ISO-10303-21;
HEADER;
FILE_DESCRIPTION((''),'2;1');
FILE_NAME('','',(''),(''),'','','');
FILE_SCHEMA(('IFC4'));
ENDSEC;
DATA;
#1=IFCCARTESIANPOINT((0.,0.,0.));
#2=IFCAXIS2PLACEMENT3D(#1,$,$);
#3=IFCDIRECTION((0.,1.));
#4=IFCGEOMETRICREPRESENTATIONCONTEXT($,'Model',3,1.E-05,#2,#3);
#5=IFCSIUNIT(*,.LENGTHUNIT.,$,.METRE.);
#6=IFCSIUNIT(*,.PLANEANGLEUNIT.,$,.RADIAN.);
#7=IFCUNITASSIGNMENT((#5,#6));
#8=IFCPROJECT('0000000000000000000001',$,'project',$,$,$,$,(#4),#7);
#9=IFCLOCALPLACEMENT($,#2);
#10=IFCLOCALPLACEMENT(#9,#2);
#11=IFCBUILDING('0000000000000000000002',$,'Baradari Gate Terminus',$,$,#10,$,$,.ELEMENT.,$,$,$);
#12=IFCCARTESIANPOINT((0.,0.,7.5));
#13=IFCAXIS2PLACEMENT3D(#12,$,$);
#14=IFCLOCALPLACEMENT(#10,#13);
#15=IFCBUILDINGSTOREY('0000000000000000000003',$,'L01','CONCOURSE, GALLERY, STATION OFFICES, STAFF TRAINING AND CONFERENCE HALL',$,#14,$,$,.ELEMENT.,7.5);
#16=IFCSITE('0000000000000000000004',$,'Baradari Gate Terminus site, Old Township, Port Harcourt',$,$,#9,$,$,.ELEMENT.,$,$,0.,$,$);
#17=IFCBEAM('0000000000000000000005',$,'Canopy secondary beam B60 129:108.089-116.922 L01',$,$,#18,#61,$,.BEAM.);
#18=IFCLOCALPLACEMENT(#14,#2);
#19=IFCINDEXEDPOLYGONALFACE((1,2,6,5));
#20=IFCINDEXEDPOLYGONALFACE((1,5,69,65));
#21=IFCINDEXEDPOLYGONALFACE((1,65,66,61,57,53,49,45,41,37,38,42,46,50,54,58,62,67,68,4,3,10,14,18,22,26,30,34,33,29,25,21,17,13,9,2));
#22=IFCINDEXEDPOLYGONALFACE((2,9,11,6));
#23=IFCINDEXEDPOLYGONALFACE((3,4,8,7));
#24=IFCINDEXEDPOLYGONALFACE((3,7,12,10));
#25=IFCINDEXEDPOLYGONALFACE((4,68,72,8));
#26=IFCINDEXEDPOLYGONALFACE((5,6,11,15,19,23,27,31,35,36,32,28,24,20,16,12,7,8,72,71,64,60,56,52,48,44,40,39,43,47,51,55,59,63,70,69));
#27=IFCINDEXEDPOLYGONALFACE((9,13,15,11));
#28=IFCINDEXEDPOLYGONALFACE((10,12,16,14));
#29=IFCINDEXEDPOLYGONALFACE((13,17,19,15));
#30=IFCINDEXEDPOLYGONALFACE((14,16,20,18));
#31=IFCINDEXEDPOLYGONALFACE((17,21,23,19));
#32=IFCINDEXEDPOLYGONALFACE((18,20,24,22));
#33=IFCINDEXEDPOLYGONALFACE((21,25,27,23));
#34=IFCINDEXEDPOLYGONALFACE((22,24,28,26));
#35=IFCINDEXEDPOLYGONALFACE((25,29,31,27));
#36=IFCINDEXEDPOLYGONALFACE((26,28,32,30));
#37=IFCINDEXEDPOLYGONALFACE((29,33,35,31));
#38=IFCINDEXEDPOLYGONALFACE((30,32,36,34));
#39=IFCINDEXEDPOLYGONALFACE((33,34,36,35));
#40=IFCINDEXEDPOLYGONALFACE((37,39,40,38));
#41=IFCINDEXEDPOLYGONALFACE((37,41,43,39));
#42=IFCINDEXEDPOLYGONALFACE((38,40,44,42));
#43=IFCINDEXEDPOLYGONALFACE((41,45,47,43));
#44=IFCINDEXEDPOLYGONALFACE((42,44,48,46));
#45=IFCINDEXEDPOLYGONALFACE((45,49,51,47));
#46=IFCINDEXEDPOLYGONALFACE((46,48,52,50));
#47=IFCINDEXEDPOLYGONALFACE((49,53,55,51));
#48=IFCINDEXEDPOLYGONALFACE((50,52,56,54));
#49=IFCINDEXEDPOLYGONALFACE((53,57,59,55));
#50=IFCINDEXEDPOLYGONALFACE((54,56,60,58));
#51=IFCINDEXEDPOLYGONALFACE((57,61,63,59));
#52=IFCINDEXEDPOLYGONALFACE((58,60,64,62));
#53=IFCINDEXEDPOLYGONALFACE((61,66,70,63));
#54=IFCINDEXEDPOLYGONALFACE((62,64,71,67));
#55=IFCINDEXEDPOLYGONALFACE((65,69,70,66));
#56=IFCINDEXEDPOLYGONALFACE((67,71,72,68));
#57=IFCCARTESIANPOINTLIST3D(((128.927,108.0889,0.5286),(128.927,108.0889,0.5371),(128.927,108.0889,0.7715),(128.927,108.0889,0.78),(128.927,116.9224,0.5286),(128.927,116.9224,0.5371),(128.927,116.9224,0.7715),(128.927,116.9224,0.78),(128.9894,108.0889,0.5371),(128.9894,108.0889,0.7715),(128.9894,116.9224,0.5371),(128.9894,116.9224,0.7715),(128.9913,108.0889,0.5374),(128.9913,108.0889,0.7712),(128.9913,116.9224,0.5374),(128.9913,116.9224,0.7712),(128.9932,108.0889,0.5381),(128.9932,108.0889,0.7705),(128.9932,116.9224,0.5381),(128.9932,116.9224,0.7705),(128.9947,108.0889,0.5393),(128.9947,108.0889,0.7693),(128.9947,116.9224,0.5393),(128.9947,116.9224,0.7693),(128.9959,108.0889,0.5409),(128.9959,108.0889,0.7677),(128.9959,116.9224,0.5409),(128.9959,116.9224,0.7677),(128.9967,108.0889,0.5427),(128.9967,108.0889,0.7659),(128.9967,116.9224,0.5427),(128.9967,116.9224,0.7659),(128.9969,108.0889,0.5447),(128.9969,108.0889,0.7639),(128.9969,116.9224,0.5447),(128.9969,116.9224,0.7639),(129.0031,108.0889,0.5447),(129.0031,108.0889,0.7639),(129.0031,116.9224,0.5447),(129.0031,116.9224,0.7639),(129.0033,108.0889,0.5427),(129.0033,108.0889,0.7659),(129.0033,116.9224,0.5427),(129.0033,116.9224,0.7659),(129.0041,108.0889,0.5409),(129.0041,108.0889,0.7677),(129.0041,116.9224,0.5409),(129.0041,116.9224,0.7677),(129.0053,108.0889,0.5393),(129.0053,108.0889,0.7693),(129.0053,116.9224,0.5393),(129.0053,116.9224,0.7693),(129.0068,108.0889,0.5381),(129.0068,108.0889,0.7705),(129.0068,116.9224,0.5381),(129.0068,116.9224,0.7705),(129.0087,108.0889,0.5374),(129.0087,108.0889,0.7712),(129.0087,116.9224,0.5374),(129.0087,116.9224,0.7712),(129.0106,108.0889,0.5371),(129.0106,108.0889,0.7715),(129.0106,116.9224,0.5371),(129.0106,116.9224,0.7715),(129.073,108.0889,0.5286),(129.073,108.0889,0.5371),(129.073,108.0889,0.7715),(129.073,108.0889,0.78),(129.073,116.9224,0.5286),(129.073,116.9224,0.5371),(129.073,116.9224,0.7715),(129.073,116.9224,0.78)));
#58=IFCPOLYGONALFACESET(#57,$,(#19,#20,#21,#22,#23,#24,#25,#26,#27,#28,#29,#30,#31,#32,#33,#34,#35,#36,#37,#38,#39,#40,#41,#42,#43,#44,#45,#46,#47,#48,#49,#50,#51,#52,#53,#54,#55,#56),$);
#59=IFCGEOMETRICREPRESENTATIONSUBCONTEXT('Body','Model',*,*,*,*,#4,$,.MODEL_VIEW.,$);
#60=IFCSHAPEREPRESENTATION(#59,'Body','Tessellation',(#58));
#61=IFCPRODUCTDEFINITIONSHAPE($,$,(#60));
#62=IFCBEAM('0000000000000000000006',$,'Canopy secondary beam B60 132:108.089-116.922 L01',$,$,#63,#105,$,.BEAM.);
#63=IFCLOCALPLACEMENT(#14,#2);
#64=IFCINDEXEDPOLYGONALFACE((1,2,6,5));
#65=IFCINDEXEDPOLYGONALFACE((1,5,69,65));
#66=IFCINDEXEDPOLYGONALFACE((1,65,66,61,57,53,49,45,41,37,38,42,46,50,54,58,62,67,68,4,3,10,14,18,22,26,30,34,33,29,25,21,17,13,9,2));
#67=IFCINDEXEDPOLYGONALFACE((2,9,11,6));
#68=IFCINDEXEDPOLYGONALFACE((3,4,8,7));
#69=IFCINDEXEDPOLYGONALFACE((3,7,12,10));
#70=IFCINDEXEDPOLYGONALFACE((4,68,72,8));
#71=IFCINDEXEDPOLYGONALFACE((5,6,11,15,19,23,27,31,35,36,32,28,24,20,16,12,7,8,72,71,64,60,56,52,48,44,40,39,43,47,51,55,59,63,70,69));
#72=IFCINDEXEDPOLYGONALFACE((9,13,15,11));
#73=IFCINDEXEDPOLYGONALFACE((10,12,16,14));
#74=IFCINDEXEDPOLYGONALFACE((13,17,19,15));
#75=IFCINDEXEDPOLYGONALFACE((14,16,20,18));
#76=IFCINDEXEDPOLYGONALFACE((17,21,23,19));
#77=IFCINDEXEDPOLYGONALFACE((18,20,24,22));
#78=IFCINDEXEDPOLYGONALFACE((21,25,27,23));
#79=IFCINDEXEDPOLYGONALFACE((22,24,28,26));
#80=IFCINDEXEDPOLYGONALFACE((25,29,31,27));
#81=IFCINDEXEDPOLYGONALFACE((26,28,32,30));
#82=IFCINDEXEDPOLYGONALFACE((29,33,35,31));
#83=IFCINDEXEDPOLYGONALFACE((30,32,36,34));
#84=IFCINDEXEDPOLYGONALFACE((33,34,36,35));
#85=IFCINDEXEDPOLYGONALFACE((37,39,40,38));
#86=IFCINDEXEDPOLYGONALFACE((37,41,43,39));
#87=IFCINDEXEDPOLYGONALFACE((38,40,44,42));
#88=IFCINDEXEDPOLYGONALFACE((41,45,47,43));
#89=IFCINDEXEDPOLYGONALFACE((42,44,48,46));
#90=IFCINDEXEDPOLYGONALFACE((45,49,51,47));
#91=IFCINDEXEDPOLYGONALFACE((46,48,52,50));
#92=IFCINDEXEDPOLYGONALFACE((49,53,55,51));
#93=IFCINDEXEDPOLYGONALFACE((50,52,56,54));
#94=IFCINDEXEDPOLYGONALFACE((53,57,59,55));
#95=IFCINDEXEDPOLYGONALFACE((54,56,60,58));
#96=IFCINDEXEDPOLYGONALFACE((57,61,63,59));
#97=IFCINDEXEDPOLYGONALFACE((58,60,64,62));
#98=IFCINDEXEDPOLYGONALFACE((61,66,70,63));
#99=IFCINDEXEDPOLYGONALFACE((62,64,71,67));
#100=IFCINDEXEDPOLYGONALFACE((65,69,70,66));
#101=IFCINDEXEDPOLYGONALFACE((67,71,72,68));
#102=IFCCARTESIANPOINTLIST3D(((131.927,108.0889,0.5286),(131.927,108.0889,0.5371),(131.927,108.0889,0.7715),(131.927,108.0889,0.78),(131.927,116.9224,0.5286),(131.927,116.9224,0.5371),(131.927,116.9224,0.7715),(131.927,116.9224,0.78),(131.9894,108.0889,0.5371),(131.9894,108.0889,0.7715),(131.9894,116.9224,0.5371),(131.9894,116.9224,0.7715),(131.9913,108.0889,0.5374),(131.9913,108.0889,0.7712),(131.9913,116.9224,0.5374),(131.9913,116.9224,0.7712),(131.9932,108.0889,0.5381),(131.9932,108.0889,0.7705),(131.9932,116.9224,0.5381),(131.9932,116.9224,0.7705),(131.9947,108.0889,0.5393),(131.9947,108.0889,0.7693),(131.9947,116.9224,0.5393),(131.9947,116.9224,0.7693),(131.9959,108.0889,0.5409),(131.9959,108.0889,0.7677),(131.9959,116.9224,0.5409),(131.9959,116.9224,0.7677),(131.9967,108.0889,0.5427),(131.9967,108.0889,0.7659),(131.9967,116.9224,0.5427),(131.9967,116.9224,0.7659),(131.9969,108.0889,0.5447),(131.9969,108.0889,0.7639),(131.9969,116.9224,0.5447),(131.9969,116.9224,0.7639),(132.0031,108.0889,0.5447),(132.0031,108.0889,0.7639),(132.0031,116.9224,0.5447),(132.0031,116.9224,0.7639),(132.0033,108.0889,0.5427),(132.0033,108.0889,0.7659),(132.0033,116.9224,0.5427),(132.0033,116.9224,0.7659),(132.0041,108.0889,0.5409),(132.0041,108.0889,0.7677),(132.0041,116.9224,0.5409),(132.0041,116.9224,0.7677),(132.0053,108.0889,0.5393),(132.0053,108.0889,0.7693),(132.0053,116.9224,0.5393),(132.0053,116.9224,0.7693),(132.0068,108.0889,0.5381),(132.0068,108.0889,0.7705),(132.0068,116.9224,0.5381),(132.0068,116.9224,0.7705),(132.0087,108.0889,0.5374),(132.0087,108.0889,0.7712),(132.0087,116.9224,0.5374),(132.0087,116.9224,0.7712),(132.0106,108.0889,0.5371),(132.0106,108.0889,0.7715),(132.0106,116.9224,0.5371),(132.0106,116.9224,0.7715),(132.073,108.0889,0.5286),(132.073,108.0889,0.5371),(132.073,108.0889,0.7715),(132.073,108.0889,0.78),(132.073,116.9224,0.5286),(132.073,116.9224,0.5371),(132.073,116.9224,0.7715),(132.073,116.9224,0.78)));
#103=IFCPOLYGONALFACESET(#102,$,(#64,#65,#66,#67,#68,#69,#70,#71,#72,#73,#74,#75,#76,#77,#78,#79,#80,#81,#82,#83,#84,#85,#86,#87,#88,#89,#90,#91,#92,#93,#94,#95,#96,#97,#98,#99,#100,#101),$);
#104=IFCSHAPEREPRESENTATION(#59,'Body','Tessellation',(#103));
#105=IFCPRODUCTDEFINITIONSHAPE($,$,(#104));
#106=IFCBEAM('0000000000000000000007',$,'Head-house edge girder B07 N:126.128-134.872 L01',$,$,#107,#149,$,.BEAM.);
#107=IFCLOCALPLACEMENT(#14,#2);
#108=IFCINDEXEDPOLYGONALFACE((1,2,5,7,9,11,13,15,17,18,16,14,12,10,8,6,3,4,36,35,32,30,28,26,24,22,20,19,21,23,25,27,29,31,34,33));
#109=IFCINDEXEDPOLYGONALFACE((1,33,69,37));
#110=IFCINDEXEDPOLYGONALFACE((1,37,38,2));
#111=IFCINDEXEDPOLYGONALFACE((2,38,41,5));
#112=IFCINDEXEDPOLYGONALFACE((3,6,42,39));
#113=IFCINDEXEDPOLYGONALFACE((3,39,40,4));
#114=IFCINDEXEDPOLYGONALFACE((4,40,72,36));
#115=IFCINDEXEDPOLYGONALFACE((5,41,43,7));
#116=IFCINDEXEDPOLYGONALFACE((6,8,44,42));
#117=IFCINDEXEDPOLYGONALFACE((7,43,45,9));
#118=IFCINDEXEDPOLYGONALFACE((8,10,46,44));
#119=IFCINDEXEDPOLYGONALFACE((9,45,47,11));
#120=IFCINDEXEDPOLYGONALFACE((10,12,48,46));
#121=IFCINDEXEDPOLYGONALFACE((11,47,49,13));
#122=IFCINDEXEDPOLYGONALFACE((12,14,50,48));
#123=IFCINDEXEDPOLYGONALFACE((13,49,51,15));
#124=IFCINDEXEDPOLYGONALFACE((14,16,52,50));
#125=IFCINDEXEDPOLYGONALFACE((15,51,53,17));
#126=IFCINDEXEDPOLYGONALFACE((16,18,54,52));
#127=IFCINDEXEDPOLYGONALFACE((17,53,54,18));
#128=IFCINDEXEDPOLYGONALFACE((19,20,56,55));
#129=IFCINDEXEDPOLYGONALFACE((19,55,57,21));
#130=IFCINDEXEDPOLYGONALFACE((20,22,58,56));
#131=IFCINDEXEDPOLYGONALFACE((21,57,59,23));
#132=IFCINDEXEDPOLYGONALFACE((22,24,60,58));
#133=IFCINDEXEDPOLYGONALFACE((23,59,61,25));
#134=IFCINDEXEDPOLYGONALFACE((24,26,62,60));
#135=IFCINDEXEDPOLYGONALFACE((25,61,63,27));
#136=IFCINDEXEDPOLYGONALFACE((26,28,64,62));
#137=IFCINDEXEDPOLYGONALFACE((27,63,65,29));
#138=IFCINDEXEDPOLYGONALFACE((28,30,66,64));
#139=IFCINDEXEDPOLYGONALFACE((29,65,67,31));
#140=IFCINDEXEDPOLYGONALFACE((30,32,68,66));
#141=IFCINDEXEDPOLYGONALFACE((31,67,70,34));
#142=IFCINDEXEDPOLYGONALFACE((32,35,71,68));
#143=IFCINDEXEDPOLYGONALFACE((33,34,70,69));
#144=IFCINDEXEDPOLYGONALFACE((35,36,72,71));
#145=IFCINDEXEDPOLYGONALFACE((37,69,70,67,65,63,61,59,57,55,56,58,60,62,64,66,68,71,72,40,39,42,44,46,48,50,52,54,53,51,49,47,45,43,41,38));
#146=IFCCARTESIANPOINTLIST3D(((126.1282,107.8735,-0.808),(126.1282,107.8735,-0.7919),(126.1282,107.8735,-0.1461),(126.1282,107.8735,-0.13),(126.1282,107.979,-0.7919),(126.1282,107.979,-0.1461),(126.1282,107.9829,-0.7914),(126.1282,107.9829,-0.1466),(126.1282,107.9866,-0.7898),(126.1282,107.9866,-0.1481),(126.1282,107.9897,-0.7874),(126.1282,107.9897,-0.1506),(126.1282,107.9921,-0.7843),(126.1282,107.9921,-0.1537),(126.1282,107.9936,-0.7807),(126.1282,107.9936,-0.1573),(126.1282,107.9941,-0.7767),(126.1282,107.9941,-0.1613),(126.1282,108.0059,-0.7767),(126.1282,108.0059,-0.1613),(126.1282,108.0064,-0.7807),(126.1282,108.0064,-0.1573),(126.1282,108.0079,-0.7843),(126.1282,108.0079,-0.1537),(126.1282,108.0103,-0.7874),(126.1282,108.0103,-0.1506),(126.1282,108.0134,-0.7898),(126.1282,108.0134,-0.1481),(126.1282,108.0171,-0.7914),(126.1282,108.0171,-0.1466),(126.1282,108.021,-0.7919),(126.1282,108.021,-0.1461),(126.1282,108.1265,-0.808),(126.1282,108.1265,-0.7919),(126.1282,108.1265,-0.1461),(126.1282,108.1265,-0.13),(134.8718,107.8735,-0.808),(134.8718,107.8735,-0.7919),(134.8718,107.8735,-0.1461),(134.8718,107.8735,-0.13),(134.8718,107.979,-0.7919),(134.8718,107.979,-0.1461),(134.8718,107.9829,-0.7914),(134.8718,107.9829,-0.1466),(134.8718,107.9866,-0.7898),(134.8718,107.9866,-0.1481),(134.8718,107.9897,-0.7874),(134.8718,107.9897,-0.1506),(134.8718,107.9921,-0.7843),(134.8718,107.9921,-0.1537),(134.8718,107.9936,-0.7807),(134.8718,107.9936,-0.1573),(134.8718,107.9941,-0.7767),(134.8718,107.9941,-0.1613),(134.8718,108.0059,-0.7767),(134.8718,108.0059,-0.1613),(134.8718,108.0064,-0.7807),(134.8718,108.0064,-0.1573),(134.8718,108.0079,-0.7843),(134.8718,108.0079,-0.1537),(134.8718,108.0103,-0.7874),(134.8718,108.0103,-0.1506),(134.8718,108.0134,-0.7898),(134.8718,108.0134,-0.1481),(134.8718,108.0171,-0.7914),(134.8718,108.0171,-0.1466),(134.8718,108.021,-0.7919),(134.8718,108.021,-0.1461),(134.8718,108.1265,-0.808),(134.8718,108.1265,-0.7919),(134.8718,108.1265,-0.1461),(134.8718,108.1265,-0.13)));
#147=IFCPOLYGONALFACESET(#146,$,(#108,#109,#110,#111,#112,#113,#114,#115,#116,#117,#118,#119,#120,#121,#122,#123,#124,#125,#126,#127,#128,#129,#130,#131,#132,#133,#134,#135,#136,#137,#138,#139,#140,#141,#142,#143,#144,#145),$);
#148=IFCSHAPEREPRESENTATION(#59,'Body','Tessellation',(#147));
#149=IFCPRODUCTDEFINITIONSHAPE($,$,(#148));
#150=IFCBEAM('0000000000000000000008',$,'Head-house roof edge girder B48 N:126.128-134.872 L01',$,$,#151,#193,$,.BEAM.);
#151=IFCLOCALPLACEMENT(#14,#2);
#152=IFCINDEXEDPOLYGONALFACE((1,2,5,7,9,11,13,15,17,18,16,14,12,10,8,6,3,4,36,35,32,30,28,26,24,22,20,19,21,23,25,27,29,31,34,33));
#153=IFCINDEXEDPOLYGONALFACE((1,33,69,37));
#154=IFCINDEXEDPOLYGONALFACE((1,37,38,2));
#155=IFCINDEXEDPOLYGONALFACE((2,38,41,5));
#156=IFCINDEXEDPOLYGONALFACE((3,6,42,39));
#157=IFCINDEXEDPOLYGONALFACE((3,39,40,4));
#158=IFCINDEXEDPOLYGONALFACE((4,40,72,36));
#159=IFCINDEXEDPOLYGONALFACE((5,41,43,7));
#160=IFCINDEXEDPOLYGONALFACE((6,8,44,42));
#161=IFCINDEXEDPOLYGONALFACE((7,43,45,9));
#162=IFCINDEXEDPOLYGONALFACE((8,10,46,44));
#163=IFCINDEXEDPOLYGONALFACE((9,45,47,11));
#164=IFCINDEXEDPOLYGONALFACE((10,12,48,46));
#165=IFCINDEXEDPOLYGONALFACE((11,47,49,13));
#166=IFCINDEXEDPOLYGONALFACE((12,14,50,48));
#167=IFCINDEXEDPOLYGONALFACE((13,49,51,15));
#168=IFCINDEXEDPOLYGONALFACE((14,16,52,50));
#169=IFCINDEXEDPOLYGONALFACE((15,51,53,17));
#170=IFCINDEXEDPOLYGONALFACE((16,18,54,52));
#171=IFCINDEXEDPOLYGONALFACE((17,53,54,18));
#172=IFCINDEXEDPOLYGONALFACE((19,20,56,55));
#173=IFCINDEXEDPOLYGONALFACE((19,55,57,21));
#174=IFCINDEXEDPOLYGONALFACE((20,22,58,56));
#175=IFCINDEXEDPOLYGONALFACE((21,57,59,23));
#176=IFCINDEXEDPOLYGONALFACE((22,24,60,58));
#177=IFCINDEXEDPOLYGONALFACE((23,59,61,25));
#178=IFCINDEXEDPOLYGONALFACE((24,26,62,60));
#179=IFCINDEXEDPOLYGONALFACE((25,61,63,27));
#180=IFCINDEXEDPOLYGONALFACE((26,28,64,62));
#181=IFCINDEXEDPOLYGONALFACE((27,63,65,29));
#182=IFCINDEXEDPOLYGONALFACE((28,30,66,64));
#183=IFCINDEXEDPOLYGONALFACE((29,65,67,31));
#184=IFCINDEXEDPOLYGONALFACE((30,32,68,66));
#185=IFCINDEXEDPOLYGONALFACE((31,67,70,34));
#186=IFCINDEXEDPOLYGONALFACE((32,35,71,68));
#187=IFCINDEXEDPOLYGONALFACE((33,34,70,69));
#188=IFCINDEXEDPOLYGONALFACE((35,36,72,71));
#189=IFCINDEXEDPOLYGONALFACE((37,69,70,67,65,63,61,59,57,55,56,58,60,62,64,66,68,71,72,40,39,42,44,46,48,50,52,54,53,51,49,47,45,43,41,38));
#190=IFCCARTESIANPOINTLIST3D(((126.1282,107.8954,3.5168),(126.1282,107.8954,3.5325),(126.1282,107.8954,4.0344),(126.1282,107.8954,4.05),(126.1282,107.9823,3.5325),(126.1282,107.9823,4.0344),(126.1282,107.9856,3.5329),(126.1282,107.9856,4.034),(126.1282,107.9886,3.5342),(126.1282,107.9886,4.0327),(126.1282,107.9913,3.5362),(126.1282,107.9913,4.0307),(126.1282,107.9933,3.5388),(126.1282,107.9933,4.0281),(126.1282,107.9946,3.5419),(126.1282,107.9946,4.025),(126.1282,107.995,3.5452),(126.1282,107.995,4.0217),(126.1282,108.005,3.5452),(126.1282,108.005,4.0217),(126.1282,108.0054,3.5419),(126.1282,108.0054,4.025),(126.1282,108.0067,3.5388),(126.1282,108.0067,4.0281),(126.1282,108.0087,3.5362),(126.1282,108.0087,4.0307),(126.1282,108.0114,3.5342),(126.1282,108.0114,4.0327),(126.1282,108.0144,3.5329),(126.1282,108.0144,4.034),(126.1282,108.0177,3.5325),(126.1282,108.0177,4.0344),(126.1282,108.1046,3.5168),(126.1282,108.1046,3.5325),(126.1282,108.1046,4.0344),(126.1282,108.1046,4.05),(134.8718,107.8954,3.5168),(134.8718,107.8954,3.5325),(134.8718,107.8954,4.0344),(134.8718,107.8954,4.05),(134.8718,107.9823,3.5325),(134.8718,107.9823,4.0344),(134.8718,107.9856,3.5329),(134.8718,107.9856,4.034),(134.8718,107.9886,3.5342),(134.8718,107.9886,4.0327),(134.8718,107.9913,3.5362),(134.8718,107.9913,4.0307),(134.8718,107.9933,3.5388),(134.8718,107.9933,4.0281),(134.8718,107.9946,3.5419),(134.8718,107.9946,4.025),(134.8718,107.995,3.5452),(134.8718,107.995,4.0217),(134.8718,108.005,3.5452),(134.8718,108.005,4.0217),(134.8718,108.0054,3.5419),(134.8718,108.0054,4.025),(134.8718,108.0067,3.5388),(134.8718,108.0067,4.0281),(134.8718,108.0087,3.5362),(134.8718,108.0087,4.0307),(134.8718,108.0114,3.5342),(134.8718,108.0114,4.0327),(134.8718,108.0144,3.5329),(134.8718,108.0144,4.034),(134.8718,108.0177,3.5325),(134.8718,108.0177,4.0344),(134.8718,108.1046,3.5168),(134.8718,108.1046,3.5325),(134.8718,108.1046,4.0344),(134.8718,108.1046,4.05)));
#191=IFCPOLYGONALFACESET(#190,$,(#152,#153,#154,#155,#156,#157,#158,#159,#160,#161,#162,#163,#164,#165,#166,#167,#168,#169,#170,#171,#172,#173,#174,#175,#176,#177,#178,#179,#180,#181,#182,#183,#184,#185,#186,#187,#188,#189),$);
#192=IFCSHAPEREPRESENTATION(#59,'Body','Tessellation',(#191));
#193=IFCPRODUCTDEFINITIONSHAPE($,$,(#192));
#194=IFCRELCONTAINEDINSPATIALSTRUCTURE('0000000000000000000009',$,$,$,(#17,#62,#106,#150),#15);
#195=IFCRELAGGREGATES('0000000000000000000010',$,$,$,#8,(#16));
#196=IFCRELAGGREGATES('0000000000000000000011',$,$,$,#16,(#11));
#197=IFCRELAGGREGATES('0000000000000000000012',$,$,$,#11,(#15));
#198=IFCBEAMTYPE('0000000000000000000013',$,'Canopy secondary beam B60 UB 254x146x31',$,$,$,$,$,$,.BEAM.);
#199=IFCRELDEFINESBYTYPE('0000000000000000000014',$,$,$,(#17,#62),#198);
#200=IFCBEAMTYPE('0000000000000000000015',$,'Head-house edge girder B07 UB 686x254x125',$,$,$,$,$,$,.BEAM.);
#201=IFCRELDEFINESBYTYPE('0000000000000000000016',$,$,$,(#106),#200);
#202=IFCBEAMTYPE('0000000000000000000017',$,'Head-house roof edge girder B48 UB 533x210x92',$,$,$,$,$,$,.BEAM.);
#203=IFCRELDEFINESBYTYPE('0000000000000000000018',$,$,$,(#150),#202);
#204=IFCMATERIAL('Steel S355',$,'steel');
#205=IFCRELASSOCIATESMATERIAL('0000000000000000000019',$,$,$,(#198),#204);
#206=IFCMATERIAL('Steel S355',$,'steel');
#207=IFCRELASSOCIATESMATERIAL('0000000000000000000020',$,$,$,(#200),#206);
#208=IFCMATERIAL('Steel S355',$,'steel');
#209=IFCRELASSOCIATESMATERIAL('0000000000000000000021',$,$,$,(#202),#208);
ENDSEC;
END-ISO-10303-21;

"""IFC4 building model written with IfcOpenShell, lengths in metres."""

from ifc_helpers import new_model, si_unit, direction, frame, origin, origin_2d, place, context, subcontext, project, spatial, i_section, extrude, material, material_profile, profile_set, type_object, element, save


model = new_model("IFC4")

# Units and contexts
model_context = context("Model", 3, precision=1e-05, world=origin(), true_north=direction((0.0, 1.0)))
body_context = subcontext(model_context, "Body", "Model", "MODEL_VIEW")
ifc_project = project(units=[si_unit("LENGTHUNIT", "METRE"), si_unit("PLANEANGLEUNIT", "RADIAN")], contexts=[model_context])

# Site, building, storey
site_placement = place(None, origin())
site = spatial("IfcSite", under=ifc_project, at=site_placement, Name="Baradari Gate Terminus site, Old Township, Port Harcourt", CompositionType="ELEMENT", RefElevation=0.0)
building_placement = place(site_placement, origin())
building = spatial("IfcBuilding", under=site, at=building_placement, Name="Baradari Gate Terminus", CompositionType="ELEMENT")
storey_placement = place(building_placement, frame((0.0, 0.0, 7.5)))
storey = spatial("IfcBuildingStorey", under=building, at=storey_placement, Name="L01", Description="CONCOURSE, GALLERY, STATION OFFICES, STAFF TRAINING AND CONFERENCE HALL", CompositionType="ELEMENT", Elevation=7.5)

# Beams
ifc_material_1 = material(Name="Steel S355", Category="steel")
ifc_material_profile_1 = material_profile(ifc_material_1, i_section(OverallWidth=0.146, OverallDepth=0.2515, WebThickness=0.0061, FlangeThickness=0.0085, FilletRadius=0.0076, at=origin_2d()), Name="UB 254x146x31")
ifc_profile_set_1 = profile_set([ifc_material_profile_1], Name="Steel S355")
beam_type_1 = type_object("IfcBeamType", Name="Canopy secondary beam B60 UB 254x146x31", PredefinedType="BEAM", material=ifc_profile_set_1)
for number, where, z_axis, x_axis, name in (
    (1, (129.0, 108.0889, 0.6543), (0.0, 1.0, 0.0), (-1.0, 0.0, 0.0), "Canopy secondary beam B60 129:108.089-116.922 L01"),
    (2, (132.0, 108.0889, 0.6543), (0.0, 1.0, 0.0), (-1.0, 0.0, 0.0), "Canopy secondary beam B60 132:108.089-116.922 L01"),
):
    element("IfcBeam", number, at=place(storey_placement, frame(where, z_axis=z_axis, x_axis=x_axis)), inside=storey, type_object=beam_type_1, Name=name, PredefinedType="BEAM", context=body_context, shape_type="SweptSolid", body=[
        extrude(i_section(OverallWidth=0.146, OverallDepth=0.2515, WebThickness=0.0061, FlangeThickness=0.0085, FilletRadius=0.0076, at=origin_2d()), origin(), (0.0, 0.0, 1.0), 8.8335),
    ])
ifc_material_2 = material(Name="Steel S355", Category="steel")
ifc_material_profile_2 = material_profile(ifc_material_2, i_section(OverallWidth=0.2529, OverallDepth=0.678, WebThickness=0.0117, FlangeThickness=0.0161, FilletRadius=0.0151, at=origin_2d()), Name="UB 686x254x125")
ifc_profile_set_2 = profile_set([ifc_material_profile_2], Name="Steel S355")
beam_type_2 = type_object("IfcBeamType", Name="Head-house edge girder B07 UB 686x254x125", PredefinedType="BEAM", material=ifc_profile_set_2)
beam_1_placement = place(storey_placement, frame((126.1282, 108.0, -0.469), z_axis=(1.0, 0.0, 0.0), x_axis=(0.0, 1.0, 0.0)))
element("IfcBeam", 3, at=beam_1_placement, inside=storey, type_object=beam_type_2, Name="Head-house edge girder B07 N:126.128-134.872 L01", PredefinedType="BEAM", context=body_context, shape_type="SweptSolid", body=[
    extrude(i_section(OverallWidth=0.2529, OverallDepth=0.678, WebThickness=0.0117, FlangeThickness=0.0161, FilletRadius=0.0151, at=origin_2d()), origin(), (0.0, 0.0, 1.0), 8.7437),
])
ifc_material_3 = material(Name="Steel S355", Category="steel")
ifc_material_profile_3 = material_profile(ifc_material_3, i_section(OverallWidth=0.2092, OverallDepth=0.5332, WebThickness=0.01, FlangeThickness=0.0156, FilletRadius=0.0127, at=origin_2d()), Name="UB 533x210x92")
ifc_profile_set_3 = profile_set([ifc_material_profile_3], Name="Steel S355")
beam_type_3 = type_object("IfcBeamType", Name="Head-house roof edge girder B48 UB 533x210x92", PredefinedType="BEAM", material=ifc_profile_set_3)
beam_2_placement = place(storey_placement, frame((126.1282, 108.0, 3.7834), z_axis=(1.0, 0.0, 0.0), x_axis=(0.0, 1.0, 0.0)))
element("IfcBeam", 4, at=beam_2_placement, inside=storey, type_object=beam_type_3, Name="Head-house roof edge girder B48 N:126.128-134.872 L01", PredefinedType="BEAM", context=body_context, shape_type="SweptSolid", body=[
    extrude(i_section(OverallWidth=0.2092, OverallDepth=0.5332, WebThickness=0.01, FlangeThickness=0.0156, FilletRadius=0.0127, at=origin_2d()), origin(), (0.0, 0.0, 1.0), 8.7437),
])

save(model, "model.ifc")
